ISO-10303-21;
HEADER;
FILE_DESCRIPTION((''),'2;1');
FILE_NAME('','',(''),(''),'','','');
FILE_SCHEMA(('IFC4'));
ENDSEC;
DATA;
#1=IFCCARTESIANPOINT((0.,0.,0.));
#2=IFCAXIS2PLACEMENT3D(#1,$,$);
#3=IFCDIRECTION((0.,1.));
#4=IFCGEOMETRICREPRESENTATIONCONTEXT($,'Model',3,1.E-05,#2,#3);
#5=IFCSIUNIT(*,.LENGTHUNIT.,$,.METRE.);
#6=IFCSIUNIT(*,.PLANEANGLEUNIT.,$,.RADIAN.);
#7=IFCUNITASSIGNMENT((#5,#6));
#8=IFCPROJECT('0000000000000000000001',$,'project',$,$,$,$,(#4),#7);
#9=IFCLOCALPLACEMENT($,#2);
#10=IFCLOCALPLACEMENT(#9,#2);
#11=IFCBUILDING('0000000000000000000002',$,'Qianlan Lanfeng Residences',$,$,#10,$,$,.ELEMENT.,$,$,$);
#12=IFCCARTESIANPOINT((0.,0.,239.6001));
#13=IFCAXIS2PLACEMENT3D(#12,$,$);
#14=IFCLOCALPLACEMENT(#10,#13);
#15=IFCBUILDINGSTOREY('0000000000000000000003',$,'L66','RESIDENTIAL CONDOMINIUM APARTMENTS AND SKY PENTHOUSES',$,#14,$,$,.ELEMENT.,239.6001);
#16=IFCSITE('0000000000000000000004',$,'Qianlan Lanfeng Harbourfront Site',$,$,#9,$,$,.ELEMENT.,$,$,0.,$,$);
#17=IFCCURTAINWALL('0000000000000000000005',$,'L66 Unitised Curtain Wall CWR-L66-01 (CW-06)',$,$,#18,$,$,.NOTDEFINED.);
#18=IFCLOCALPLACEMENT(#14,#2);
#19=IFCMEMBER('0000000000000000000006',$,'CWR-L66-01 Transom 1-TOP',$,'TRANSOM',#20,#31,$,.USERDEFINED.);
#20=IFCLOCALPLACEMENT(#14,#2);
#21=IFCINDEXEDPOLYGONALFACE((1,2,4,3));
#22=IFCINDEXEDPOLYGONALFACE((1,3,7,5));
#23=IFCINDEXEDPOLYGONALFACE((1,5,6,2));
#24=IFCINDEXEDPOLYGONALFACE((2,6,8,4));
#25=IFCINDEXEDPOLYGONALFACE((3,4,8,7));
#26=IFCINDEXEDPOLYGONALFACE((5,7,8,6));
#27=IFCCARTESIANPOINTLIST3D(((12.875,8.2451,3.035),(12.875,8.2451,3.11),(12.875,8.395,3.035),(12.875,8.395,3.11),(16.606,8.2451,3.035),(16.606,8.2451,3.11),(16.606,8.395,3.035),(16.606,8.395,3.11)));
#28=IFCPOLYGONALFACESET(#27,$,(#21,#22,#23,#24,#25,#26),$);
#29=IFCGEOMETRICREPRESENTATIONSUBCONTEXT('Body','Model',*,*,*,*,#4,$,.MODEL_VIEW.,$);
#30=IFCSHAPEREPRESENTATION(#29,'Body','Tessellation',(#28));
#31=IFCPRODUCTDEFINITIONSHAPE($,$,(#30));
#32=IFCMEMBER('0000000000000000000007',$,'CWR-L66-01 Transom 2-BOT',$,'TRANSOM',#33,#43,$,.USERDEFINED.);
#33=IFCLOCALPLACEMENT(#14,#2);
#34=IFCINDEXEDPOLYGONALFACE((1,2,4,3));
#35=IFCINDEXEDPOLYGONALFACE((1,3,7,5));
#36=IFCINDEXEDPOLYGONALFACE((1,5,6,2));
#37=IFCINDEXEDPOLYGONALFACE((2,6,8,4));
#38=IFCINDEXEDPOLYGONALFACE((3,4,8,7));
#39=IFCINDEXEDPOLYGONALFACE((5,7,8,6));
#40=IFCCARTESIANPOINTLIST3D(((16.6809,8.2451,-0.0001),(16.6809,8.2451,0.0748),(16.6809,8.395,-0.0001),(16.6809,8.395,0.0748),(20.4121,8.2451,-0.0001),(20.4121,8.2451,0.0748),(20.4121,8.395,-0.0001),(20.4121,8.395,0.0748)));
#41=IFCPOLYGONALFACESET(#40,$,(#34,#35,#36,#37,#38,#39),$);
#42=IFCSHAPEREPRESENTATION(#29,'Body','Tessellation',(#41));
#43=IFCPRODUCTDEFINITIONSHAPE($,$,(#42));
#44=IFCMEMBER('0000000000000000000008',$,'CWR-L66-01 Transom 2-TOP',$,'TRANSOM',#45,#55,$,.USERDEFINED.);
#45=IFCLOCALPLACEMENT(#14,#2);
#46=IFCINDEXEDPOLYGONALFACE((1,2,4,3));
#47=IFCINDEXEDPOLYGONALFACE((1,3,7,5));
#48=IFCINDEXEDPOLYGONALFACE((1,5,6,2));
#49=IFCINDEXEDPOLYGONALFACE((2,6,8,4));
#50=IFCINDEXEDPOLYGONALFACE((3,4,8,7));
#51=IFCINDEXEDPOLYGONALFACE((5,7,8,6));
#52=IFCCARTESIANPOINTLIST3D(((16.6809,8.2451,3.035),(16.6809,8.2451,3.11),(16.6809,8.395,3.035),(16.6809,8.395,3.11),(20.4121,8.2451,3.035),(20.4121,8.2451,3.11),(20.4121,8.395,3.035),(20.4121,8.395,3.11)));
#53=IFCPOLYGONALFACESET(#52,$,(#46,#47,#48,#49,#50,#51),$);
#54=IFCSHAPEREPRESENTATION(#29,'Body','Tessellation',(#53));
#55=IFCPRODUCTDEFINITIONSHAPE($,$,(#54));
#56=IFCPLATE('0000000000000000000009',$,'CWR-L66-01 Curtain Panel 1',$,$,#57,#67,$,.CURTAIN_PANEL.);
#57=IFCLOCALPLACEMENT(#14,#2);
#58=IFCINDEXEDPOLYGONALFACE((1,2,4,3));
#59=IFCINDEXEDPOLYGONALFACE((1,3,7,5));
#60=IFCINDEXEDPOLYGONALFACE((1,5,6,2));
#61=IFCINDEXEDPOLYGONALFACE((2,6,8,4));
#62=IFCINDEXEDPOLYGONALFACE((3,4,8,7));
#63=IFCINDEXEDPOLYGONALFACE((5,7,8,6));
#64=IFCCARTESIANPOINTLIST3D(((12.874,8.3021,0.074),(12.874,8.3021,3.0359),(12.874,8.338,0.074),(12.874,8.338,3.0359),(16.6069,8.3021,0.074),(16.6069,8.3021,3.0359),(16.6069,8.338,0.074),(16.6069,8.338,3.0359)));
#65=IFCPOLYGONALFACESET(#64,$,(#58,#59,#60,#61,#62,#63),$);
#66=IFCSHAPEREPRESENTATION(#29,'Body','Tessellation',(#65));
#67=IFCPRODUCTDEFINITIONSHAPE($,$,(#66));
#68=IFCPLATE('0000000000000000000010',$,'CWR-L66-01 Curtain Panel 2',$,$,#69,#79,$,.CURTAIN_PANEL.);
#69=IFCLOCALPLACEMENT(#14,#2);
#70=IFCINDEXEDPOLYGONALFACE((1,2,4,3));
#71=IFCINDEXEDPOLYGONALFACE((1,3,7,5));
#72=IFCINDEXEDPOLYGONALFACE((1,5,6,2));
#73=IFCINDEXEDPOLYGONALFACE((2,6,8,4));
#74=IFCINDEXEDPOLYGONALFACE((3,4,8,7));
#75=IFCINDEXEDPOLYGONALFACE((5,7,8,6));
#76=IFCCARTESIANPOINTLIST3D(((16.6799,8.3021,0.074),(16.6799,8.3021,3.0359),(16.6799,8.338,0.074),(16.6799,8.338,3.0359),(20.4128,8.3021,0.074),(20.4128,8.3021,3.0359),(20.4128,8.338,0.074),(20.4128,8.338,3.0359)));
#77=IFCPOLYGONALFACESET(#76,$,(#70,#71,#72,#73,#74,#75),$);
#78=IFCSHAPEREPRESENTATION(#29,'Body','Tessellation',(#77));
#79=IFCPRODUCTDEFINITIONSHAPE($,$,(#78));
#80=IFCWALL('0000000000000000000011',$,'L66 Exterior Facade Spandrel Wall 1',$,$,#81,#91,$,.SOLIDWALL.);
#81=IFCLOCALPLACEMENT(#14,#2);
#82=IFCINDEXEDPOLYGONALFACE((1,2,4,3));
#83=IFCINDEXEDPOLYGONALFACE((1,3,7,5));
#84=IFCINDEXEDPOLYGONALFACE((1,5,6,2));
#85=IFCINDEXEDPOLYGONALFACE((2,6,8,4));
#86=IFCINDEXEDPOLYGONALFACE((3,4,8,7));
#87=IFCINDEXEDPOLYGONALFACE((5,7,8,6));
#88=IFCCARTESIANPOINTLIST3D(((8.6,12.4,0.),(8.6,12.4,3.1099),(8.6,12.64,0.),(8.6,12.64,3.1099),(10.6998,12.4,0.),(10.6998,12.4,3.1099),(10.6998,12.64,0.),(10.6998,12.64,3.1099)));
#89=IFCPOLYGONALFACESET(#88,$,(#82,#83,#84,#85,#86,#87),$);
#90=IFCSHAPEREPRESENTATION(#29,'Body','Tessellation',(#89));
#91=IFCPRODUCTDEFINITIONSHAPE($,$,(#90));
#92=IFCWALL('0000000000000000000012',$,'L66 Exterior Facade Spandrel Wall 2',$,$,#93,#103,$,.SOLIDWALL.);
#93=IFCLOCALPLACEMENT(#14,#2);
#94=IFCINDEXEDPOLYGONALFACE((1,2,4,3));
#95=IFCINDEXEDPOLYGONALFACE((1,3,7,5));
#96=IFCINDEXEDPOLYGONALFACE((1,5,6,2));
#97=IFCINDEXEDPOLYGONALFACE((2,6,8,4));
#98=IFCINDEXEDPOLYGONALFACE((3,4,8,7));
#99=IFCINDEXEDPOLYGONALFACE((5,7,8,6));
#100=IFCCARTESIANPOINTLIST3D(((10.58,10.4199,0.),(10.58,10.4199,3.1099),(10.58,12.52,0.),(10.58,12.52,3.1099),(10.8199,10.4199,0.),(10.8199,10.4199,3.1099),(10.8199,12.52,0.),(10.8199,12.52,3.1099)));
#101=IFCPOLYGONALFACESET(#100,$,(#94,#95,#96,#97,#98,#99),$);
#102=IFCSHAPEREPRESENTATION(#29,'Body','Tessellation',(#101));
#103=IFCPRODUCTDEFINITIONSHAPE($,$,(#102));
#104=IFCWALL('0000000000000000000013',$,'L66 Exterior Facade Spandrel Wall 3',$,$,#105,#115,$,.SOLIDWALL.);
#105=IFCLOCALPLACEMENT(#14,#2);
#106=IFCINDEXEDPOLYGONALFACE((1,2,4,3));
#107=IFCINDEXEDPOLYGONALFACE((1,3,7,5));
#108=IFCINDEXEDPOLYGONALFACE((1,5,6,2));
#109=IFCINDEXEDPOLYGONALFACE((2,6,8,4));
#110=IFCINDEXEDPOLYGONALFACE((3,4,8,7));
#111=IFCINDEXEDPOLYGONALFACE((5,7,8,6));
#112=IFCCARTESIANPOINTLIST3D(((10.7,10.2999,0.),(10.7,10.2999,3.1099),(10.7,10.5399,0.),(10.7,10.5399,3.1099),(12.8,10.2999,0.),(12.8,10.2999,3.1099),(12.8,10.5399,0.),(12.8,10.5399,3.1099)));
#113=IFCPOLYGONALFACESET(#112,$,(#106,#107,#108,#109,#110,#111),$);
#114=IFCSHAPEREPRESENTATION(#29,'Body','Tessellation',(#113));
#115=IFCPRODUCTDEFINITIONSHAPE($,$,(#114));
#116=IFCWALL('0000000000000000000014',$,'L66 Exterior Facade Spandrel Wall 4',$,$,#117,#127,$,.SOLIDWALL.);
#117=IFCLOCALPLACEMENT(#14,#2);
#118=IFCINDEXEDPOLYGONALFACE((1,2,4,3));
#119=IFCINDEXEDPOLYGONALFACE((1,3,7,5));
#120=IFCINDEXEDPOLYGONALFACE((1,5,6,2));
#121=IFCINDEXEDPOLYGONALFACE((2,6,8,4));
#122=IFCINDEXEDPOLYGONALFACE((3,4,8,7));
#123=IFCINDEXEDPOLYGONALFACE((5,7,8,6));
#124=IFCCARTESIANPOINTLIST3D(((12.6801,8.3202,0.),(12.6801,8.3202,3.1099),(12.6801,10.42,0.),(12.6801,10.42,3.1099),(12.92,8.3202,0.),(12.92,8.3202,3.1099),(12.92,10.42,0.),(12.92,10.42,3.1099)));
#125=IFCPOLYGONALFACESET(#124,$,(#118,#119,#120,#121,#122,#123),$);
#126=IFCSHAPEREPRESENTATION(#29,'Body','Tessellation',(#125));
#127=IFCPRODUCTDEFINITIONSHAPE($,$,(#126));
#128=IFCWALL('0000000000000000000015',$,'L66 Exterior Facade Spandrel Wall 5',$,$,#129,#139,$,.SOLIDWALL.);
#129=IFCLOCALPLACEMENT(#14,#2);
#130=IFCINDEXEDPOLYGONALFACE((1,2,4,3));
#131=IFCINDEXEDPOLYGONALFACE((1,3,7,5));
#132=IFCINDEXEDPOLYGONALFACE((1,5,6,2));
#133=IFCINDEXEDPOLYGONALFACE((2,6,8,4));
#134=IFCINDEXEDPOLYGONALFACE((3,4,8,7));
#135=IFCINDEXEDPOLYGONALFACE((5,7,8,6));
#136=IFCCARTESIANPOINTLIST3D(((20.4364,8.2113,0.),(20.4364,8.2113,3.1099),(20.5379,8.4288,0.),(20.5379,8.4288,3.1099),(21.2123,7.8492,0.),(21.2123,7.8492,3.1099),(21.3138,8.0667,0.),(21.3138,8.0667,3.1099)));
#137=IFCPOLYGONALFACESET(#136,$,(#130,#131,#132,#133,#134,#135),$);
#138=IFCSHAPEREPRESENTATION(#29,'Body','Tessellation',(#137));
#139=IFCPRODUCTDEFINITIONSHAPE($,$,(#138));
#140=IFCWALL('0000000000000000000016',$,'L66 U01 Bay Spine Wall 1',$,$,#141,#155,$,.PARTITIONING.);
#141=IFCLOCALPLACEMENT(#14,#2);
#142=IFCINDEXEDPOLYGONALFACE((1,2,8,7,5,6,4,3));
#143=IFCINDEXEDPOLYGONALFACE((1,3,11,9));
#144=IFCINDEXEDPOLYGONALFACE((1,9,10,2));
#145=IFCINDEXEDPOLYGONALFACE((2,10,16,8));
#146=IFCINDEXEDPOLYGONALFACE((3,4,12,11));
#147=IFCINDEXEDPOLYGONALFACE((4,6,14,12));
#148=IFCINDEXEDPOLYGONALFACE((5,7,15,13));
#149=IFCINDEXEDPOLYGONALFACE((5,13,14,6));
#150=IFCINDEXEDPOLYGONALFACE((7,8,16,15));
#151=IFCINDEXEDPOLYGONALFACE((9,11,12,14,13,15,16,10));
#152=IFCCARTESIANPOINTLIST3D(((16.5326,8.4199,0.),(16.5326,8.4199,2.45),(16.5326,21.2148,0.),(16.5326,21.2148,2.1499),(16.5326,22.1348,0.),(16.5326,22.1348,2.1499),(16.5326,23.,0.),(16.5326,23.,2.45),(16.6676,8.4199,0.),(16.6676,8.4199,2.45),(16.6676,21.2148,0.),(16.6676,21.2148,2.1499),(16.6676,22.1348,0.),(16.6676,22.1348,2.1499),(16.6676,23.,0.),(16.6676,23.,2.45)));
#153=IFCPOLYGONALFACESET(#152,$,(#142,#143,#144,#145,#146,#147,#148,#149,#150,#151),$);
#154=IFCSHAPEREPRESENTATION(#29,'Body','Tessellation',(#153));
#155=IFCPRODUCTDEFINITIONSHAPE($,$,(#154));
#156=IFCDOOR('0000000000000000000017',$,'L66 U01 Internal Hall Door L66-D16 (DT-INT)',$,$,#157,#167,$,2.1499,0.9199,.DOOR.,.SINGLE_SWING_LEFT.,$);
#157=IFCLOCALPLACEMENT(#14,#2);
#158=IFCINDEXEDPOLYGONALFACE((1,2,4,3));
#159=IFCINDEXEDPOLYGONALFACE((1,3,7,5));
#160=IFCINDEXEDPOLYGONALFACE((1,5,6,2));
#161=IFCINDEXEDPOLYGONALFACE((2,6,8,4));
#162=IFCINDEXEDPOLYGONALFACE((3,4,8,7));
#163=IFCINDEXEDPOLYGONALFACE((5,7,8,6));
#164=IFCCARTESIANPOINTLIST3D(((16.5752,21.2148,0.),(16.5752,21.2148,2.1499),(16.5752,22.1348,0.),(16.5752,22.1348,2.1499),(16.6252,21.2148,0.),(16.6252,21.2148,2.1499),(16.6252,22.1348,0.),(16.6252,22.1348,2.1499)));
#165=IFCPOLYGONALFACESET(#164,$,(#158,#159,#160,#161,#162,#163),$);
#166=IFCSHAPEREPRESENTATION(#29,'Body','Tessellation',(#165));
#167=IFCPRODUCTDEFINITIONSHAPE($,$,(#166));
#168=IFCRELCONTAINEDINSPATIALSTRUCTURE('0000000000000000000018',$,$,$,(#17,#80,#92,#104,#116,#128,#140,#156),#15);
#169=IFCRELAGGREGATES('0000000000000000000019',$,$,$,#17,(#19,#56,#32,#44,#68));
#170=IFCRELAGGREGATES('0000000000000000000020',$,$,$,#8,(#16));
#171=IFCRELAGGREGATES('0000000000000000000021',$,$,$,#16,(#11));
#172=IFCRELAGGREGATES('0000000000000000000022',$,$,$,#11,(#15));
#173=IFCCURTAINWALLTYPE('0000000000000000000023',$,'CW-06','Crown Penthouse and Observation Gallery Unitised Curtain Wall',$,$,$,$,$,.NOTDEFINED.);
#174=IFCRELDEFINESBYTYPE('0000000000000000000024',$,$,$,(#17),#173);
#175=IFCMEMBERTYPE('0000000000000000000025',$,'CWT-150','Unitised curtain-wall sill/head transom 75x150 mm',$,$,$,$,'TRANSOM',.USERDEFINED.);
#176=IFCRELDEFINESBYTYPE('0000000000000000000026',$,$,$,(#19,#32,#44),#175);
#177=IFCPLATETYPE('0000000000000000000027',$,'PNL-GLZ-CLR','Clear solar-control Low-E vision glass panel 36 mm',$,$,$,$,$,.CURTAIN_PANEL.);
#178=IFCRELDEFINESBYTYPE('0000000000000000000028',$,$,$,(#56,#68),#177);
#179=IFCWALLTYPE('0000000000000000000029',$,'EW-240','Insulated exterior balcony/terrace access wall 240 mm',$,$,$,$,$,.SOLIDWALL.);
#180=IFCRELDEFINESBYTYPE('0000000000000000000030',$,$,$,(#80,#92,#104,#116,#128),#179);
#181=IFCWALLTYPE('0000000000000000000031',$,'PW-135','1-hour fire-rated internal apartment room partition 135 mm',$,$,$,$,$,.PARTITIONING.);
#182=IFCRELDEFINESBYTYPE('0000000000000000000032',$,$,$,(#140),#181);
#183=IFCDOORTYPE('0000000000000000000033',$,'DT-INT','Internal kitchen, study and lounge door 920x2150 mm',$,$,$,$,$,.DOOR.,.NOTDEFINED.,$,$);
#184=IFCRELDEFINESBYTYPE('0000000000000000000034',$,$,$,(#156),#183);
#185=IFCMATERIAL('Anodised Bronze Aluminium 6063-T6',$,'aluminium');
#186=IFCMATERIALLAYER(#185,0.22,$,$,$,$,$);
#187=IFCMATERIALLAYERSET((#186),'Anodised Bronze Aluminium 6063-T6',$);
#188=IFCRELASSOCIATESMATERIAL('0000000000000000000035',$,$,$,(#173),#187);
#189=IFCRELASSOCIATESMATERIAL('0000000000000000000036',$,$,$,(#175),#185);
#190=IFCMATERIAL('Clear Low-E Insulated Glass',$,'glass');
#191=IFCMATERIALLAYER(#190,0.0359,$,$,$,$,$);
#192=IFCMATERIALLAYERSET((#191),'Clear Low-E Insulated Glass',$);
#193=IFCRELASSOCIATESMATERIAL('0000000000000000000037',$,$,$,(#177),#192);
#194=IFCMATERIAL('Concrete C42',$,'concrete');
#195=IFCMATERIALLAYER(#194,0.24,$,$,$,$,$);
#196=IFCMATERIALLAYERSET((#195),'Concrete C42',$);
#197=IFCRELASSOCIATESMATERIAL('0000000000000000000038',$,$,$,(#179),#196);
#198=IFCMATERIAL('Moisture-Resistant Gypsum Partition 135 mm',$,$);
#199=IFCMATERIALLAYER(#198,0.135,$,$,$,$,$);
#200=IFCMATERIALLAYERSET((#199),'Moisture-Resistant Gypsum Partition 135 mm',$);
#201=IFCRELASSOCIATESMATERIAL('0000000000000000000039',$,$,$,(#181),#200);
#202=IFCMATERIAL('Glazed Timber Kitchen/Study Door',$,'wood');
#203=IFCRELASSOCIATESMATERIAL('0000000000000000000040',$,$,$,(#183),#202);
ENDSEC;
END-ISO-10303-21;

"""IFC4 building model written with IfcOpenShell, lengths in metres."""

from ifc_helpers import new_model, si_unit, direction, frame, frame_2d, origin, origin_2d, place, context, subcontext, project, spatial, rectangle, extrude, source, transform, mapped, material, layer, layer_set, material_profile, profile_set, type_object, element, fill, aggregate, save


model = new_model("IFC4")

# Units and contexts
model_context = context("Model", 3, precision=1e-05, world=origin(), true_north=direction((0.0, 1.0)))
body_context = subcontext(model_context, "Body", "Model", "MODEL_VIEW")
ifc_project = project(units=[si_unit("LENGTHUNIT", "METRE"), si_unit("PLANEANGLEUNIT", "RADIAN")], contexts=[model_context])

# Site, building, storey
site_placement = place(None, origin())
site = spatial("IfcSite", under=ifc_project, at=site_placement, Name="Qianlan Lanfeng Harbourfront Site", CompositionType="ELEMENT", RefElevation=0.0)
building_placement = place(site_placement, origin())
building = spatial("IfcBuilding", under=site, at=building_placement, Name="Qianlan Lanfeng Residences", CompositionType="ELEMENT")
storey_placement = place(building_placement, frame((0.0, 0.0, 239.6001)))
storey = spatial("IfcBuildingStorey", under=building, at=storey_placement, Name="L66", Description="RESIDENTIAL CONDOMINIUM APARTMENTS AND SKY PENTHOUSES", CompositionType="ELEMENT", Elevation=239.6001)

# Curtain wall
ifc_material_1 = material(Name="Anodised Bronze Aluminium 6063-T6", Category="aluminium")
ifc_layer_1 = layer(ifc_material_1, 0.22)
ifc_layer_set_1 = layer_set([ifc_layer_1], Name="Anodised Bronze Aluminium 6063-T6")
curtain_wall_type = type_object("IfcCurtainWallType", Name="CW-06", Description="Crown Penthouse and Observation Gallery Unitised Curtain Wall", PredefinedType="NOTDEFINED", material=ifc_layer_set_1)
curtain_wall_1_placement = place(storey_placement, origin())
curtain_wall_1 = element("IfcCurtainWall", 1, at=curtain_wall_1_placement, inside=storey, type_object=curtain_wall_type, Name="L66 Unitised Curtain Wall CWR-L66-01 (CW-06)", PredefinedType="NOTDEFINED")

# Members
ifc_material_profile_1 = material_profile(ifc_material_1, rectangle(XDim=0.075, YDim=0.1499, at=origin_2d()), Name="ALU TRANSOM 75x150")
ifc_profile_set_1 = profile_set([ifc_material_profile_1], Name="Anodised Bronze Aluminium 6063-T6")
member_type_1 = type_object("IfcMemberType", Name="CWT-150", Description="Unitised curtain-wall sill/head transom 75x150 mm", ElementType="TRANSOM", PredefinedType="USERDEFINED", material=ifc_profile_set_1)
shared_shape_1 = source(origin(), body_context, "Body", "SweptSolid", [
    extrude(rectangle(XDim=0.075, YDim=0.1499, at=origin_2d()), origin(), (0.0, 0.0, 1.0), 3.731),
])
member_1_placement = place(storey_placement, frame((12.875, 8.3201, 3.0725), z_axis=(1.0, 0.0, 0.0), x_axis=(0.0, 0.0, 1.0)))
member_1 = element("IfcMember", 2, at=member_1_placement, type_object=member_type_1, Name="CWR-L66-01 Transom 1-TOP", ObjectType="TRANSOM", PredefinedType="USERDEFINED", context=body_context, shape_type="MappedRepresentation", body=[
    mapped(shared_shape_1, transform((0.0, 0.0, 0.0), scale=1.0)),
])
shared_shape_2 = source(origin(), body_context, "Body", "SweptSolid", [
    extrude(rectangle(XDim=0.075, YDim=0.1499, at=origin_2d()), origin(), (0.0, 0.0, 1.0), 3.7312),
])
member_2_placement = place(storey_placement, frame((16.6809, 8.3201, 0.0374), z_axis=(1.0, 0.0, 0.0), x_axis=(0.0, 0.0, 1.0)))
member_2 = element("IfcMember", 3, at=member_2_placement, type_object=member_type_1, Name="CWR-L66-01 Transom 2-BOT", ObjectType="TRANSOM", PredefinedType="USERDEFINED", context=body_context, shape_type="MappedRepresentation", body=[
    mapped(shared_shape_2, transform((0.0, 0.0, 0.0), scale=1.0)),
])
member_3_placement = place(storey_placement, frame((16.6809, 8.3201, 3.0725), z_axis=(1.0, 0.0, 0.0), x_axis=(0.0, 0.0, 1.0)))
member_3 = element("IfcMember", 4, at=member_3_placement, type_object=member_type_1, Name="CWR-L66-01 Transom 2-TOP", ObjectType="TRANSOM", PredefinedType="USERDEFINED", context=body_context, shape_type="MappedRepresentation", body=[
    mapped(shared_shape_2, transform((0.0, 0.0, 0.0), scale=1.0)),
])

# Plates
ifc_material_2 = material(Name="Clear Low-E Insulated Glass", Category="glass")
ifc_layer_2 = layer(ifc_material_2, 0.0359)
ifc_layer_set_2 = layer_set([ifc_layer_2], Name="Clear Low-E Insulated Glass")
plate_type = type_object("IfcPlateType", Name="PNL-GLZ-CLR", Description="Clear solar-control Low-E vision glass panel 36 mm", PredefinedType="CURTAIN_PANEL", material=ifc_layer_set_2)
shared_shape_3 = source(origin(), body_context, "Body", "SweptSolid", [
    extrude(rectangle(XDim=3.7329, YDim=0.0359, at=origin_2d()), origin(), (0.0, 0.0, 1.0), 2.9619),
])
plate_1_placement = place(storey_placement, frame((14.7405, 8.3201, 0.074), z_axis=(0.0, 0.0, 1.0), x_axis=(1.0, 0.0, 0.0)))
plate_1 = element("IfcPlate", 5, at=plate_1_placement, type_object=plate_type, Name="CWR-L66-01 Curtain Panel 1", PredefinedType="CURTAIN_PANEL", context=body_context, shape_type="MappedRepresentation", body=[
    mapped(shared_shape_3, transform((0.0, 0.0, 0.0), scale=1.0)),
])
plate_2_placement = place(storey_placement, frame((18.5464, 8.3201, 0.074), z_axis=(0.0, 0.0, 1.0), x_axis=(1.0, 0.0, 0.0)))
plate_2 = element("IfcPlate", 6, at=plate_2_placement, type_object=plate_type, Name="CWR-L66-01 Curtain Panel 2", PredefinedType="CURTAIN_PANEL", context=body_context, shape_type="MappedRepresentation", body=[
    mapped(shared_shape_3, transform((0.0, 0.0, 0.0), scale=1.0)),
])
aggregate(curtain_wall_1, [member_1, plate_1, member_2, member_3, plate_2])

# Walls
ifc_material_3 = material(Name="Concrete C42", Category="concrete")
ifc_layer_3 = layer(ifc_material_3, 0.24)
ifc_layer_set_3 = layer_set([ifc_layer_3], Name="Concrete C42")
wall_type_1 = type_object("IfcWallType", Name="EW-240", Description="Insulated exterior balcony/terrace access wall 240 mm", PredefinedType="SOLIDWALL", material=ifc_layer_set_3)
wall_1_placement = place(storey_placement, frame((8.6001, 12.52, 0.0), z_axis=(0.0, 0.0, 1.0), x_axis=(1.0, 0.0, 0.0)))
element("IfcWall", 7, at=wall_1_placement, inside=storey, type_object=wall_type_1, Name="L66 Exterior Facade Spandrel Wall 1", PredefinedType="SOLIDWALL", context=body_context, shape_type="SweptSolid", body=[
    extrude(rectangle(XDim=2.0999, YDim=0.24, at=frame_2d((1.0498, 0.0))), origin(), (0.0, 0.0, 1.0), 3.1099),
])
for number, where, z_axis, x_axis, name in (
    (8, (10.7, 12.52, 0.0), (0.0, 0.0, 1.0), (0.0, -1.0, 0.0), "L66 Exterior Facade Spandrel Wall 2"),
    (9, (10.7, 10.4199, 0.0), (0.0, 0.0, 1.0), (1.0, 0.0, 0.0), "L66 Exterior Facade Spandrel Wall 3"),
):
    element("IfcWall", number, at=place(storey_placement, frame(where, z_axis=z_axis, x_axis=x_axis)), inside=storey, type_object=wall_type_1, Name=name, PredefinedType="SOLIDWALL", context=body_context, shape_type="SweptSolid", body=[
        extrude(rectangle(XDim=2.1001, YDim=0.24, at=frame_2d((1.05, 0.0))), origin(), (0.0, 0.0, 1.0), 3.1099),
    ])
wall_2_placement = place(storey_placement, frame((12.8, 10.4199, 0.0), z_axis=(0.0, 0.0, 1.0), x_axis=(0.0, -1.0, 0.0)))
element("IfcWall", 10, at=wall_2_placement, inside=storey, type_object=wall_type_1, Name="L66 Exterior Facade Spandrel Wall 4", PredefinedType="SOLIDWALL", context=body_context, shape_type="SweptSolid", body=[
    extrude(rectangle(XDim=2.0999, YDim=0.24, at=frame_2d((1.0498, 0.0))), origin(), (0.0, 0.0, 1.0), 3.1099),
])
wall_3_placement = place(storey_placement, frame((20.4871, 8.3201, 0.0), z_axis=(0.0, 0.0, 1.0), x_axis=(0.90619, -0.42287, 0.0)))
element("IfcWall", 11, at=wall_3_placement, inside=storey, type_object=wall_type_1, Name="L66 Exterior Facade Spandrel Wall 5", PredefinedType="SOLIDWALL", context=body_context, shape_type="SweptSolid", body=[
    extrude(rectangle(XDim=0.8562, YDim=0.24, at=frame_2d((0.4282, 0.0))), origin(), (0.0, 0.0, 1.0), 3.1099),
])

# Wall, opening, door
ifc_material_4 = material(Name="Moisture-Resistant Gypsum Partition 135 mm")
ifc_layer_4 = layer(ifc_material_4, 0.135)
ifc_layer_set_4 = layer_set([ifc_layer_4], Name="Moisture-Resistant Gypsum Partition 135 mm")
wall_type_2 = type_object("IfcWallType", Name="PW-135", Description="1-hour fire-rated internal apartment room partition 135 mm", PredefinedType="PARTITIONING", material=ifc_layer_set_4)
wall_4_placement = place(storey_placement, frame((16.6001, 8.4199, 0.0), z_axis=(0.0, 0.0, 1.0), x_axis=(0.0, 1.0, 0.0)))
wall_4 = element("IfcWall", 12, at=wall_4_placement, inside=storey, type_object=wall_type_2, Name="L66 U01 Bay Spine Wall 1", PredefinedType="PARTITIONING", context=body_context, shape_type="SweptSolid", body=[
    extrude(rectangle(XDim=14.5801, YDim=0.135, at=frame_2d((7.29, 0.0))), origin(), (0.0, 0.0, 1.0), 2.45),
])
opening_1_placement = place(wall_4_placement, frame((12.7949, 0.0, 0.0)))
opening_1 = element("IfcOpeningElement", 13, at=opening_1_placement, cuts=wall_4, PredefinedType="OPENING", context=body_context, shape_type="SweptSolid", body=[
    extrude(rectangle(XDim=0.9199, YDim=2.1499, at=frame_2d((0.46, 1.075))), frame((0.0, 0.0776, 0.0), z_axis=(0.0, -1.0, 0.0), x_axis=(1.0, 0.0, 0.0)), (0.0, 0.0, 1.0), 0.155),
])
ifc_material_5 = material(Name="Glazed Timber Kitchen/Study Door", Category="wood")
door_type_1 = type_object("IfcDoorType", Name="DT-INT", Description="Internal kitchen, study and lounge door 920x2150 mm", OperationType="NOTDEFINED", PredefinedType="DOOR", material=ifc_material_5)
door_1_placement = place(opening_1_placement, origin())
door_1 = element("IfcDoor", 14, at=door_1_placement, inside=storey, type_object=door_type_1, Name="L66 U01 Internal Hall Door L66-D16 (DT-INT)", OperationType="SINGLE_SWING_LEFT", OverallHeight=2.1499, OverallWidth=0.9199, PredefinedType="DOOR", context=body_context, shape_type="SweptSolid", body=[
    extrude(rectangle(XDim=0.9199, YDim=2.1499, at=frame_2d((0.46, 1.075))), frame((0.0, 0.0249, 0.0), z_axis=(0.0, -1.0, 0.0), x_axis=(1.0, 0.0, 0.0)), (0.0, 0.0, 1.0), 0.05),
])
fill(opening_1, door_1)

save(model, "model.ifc")
